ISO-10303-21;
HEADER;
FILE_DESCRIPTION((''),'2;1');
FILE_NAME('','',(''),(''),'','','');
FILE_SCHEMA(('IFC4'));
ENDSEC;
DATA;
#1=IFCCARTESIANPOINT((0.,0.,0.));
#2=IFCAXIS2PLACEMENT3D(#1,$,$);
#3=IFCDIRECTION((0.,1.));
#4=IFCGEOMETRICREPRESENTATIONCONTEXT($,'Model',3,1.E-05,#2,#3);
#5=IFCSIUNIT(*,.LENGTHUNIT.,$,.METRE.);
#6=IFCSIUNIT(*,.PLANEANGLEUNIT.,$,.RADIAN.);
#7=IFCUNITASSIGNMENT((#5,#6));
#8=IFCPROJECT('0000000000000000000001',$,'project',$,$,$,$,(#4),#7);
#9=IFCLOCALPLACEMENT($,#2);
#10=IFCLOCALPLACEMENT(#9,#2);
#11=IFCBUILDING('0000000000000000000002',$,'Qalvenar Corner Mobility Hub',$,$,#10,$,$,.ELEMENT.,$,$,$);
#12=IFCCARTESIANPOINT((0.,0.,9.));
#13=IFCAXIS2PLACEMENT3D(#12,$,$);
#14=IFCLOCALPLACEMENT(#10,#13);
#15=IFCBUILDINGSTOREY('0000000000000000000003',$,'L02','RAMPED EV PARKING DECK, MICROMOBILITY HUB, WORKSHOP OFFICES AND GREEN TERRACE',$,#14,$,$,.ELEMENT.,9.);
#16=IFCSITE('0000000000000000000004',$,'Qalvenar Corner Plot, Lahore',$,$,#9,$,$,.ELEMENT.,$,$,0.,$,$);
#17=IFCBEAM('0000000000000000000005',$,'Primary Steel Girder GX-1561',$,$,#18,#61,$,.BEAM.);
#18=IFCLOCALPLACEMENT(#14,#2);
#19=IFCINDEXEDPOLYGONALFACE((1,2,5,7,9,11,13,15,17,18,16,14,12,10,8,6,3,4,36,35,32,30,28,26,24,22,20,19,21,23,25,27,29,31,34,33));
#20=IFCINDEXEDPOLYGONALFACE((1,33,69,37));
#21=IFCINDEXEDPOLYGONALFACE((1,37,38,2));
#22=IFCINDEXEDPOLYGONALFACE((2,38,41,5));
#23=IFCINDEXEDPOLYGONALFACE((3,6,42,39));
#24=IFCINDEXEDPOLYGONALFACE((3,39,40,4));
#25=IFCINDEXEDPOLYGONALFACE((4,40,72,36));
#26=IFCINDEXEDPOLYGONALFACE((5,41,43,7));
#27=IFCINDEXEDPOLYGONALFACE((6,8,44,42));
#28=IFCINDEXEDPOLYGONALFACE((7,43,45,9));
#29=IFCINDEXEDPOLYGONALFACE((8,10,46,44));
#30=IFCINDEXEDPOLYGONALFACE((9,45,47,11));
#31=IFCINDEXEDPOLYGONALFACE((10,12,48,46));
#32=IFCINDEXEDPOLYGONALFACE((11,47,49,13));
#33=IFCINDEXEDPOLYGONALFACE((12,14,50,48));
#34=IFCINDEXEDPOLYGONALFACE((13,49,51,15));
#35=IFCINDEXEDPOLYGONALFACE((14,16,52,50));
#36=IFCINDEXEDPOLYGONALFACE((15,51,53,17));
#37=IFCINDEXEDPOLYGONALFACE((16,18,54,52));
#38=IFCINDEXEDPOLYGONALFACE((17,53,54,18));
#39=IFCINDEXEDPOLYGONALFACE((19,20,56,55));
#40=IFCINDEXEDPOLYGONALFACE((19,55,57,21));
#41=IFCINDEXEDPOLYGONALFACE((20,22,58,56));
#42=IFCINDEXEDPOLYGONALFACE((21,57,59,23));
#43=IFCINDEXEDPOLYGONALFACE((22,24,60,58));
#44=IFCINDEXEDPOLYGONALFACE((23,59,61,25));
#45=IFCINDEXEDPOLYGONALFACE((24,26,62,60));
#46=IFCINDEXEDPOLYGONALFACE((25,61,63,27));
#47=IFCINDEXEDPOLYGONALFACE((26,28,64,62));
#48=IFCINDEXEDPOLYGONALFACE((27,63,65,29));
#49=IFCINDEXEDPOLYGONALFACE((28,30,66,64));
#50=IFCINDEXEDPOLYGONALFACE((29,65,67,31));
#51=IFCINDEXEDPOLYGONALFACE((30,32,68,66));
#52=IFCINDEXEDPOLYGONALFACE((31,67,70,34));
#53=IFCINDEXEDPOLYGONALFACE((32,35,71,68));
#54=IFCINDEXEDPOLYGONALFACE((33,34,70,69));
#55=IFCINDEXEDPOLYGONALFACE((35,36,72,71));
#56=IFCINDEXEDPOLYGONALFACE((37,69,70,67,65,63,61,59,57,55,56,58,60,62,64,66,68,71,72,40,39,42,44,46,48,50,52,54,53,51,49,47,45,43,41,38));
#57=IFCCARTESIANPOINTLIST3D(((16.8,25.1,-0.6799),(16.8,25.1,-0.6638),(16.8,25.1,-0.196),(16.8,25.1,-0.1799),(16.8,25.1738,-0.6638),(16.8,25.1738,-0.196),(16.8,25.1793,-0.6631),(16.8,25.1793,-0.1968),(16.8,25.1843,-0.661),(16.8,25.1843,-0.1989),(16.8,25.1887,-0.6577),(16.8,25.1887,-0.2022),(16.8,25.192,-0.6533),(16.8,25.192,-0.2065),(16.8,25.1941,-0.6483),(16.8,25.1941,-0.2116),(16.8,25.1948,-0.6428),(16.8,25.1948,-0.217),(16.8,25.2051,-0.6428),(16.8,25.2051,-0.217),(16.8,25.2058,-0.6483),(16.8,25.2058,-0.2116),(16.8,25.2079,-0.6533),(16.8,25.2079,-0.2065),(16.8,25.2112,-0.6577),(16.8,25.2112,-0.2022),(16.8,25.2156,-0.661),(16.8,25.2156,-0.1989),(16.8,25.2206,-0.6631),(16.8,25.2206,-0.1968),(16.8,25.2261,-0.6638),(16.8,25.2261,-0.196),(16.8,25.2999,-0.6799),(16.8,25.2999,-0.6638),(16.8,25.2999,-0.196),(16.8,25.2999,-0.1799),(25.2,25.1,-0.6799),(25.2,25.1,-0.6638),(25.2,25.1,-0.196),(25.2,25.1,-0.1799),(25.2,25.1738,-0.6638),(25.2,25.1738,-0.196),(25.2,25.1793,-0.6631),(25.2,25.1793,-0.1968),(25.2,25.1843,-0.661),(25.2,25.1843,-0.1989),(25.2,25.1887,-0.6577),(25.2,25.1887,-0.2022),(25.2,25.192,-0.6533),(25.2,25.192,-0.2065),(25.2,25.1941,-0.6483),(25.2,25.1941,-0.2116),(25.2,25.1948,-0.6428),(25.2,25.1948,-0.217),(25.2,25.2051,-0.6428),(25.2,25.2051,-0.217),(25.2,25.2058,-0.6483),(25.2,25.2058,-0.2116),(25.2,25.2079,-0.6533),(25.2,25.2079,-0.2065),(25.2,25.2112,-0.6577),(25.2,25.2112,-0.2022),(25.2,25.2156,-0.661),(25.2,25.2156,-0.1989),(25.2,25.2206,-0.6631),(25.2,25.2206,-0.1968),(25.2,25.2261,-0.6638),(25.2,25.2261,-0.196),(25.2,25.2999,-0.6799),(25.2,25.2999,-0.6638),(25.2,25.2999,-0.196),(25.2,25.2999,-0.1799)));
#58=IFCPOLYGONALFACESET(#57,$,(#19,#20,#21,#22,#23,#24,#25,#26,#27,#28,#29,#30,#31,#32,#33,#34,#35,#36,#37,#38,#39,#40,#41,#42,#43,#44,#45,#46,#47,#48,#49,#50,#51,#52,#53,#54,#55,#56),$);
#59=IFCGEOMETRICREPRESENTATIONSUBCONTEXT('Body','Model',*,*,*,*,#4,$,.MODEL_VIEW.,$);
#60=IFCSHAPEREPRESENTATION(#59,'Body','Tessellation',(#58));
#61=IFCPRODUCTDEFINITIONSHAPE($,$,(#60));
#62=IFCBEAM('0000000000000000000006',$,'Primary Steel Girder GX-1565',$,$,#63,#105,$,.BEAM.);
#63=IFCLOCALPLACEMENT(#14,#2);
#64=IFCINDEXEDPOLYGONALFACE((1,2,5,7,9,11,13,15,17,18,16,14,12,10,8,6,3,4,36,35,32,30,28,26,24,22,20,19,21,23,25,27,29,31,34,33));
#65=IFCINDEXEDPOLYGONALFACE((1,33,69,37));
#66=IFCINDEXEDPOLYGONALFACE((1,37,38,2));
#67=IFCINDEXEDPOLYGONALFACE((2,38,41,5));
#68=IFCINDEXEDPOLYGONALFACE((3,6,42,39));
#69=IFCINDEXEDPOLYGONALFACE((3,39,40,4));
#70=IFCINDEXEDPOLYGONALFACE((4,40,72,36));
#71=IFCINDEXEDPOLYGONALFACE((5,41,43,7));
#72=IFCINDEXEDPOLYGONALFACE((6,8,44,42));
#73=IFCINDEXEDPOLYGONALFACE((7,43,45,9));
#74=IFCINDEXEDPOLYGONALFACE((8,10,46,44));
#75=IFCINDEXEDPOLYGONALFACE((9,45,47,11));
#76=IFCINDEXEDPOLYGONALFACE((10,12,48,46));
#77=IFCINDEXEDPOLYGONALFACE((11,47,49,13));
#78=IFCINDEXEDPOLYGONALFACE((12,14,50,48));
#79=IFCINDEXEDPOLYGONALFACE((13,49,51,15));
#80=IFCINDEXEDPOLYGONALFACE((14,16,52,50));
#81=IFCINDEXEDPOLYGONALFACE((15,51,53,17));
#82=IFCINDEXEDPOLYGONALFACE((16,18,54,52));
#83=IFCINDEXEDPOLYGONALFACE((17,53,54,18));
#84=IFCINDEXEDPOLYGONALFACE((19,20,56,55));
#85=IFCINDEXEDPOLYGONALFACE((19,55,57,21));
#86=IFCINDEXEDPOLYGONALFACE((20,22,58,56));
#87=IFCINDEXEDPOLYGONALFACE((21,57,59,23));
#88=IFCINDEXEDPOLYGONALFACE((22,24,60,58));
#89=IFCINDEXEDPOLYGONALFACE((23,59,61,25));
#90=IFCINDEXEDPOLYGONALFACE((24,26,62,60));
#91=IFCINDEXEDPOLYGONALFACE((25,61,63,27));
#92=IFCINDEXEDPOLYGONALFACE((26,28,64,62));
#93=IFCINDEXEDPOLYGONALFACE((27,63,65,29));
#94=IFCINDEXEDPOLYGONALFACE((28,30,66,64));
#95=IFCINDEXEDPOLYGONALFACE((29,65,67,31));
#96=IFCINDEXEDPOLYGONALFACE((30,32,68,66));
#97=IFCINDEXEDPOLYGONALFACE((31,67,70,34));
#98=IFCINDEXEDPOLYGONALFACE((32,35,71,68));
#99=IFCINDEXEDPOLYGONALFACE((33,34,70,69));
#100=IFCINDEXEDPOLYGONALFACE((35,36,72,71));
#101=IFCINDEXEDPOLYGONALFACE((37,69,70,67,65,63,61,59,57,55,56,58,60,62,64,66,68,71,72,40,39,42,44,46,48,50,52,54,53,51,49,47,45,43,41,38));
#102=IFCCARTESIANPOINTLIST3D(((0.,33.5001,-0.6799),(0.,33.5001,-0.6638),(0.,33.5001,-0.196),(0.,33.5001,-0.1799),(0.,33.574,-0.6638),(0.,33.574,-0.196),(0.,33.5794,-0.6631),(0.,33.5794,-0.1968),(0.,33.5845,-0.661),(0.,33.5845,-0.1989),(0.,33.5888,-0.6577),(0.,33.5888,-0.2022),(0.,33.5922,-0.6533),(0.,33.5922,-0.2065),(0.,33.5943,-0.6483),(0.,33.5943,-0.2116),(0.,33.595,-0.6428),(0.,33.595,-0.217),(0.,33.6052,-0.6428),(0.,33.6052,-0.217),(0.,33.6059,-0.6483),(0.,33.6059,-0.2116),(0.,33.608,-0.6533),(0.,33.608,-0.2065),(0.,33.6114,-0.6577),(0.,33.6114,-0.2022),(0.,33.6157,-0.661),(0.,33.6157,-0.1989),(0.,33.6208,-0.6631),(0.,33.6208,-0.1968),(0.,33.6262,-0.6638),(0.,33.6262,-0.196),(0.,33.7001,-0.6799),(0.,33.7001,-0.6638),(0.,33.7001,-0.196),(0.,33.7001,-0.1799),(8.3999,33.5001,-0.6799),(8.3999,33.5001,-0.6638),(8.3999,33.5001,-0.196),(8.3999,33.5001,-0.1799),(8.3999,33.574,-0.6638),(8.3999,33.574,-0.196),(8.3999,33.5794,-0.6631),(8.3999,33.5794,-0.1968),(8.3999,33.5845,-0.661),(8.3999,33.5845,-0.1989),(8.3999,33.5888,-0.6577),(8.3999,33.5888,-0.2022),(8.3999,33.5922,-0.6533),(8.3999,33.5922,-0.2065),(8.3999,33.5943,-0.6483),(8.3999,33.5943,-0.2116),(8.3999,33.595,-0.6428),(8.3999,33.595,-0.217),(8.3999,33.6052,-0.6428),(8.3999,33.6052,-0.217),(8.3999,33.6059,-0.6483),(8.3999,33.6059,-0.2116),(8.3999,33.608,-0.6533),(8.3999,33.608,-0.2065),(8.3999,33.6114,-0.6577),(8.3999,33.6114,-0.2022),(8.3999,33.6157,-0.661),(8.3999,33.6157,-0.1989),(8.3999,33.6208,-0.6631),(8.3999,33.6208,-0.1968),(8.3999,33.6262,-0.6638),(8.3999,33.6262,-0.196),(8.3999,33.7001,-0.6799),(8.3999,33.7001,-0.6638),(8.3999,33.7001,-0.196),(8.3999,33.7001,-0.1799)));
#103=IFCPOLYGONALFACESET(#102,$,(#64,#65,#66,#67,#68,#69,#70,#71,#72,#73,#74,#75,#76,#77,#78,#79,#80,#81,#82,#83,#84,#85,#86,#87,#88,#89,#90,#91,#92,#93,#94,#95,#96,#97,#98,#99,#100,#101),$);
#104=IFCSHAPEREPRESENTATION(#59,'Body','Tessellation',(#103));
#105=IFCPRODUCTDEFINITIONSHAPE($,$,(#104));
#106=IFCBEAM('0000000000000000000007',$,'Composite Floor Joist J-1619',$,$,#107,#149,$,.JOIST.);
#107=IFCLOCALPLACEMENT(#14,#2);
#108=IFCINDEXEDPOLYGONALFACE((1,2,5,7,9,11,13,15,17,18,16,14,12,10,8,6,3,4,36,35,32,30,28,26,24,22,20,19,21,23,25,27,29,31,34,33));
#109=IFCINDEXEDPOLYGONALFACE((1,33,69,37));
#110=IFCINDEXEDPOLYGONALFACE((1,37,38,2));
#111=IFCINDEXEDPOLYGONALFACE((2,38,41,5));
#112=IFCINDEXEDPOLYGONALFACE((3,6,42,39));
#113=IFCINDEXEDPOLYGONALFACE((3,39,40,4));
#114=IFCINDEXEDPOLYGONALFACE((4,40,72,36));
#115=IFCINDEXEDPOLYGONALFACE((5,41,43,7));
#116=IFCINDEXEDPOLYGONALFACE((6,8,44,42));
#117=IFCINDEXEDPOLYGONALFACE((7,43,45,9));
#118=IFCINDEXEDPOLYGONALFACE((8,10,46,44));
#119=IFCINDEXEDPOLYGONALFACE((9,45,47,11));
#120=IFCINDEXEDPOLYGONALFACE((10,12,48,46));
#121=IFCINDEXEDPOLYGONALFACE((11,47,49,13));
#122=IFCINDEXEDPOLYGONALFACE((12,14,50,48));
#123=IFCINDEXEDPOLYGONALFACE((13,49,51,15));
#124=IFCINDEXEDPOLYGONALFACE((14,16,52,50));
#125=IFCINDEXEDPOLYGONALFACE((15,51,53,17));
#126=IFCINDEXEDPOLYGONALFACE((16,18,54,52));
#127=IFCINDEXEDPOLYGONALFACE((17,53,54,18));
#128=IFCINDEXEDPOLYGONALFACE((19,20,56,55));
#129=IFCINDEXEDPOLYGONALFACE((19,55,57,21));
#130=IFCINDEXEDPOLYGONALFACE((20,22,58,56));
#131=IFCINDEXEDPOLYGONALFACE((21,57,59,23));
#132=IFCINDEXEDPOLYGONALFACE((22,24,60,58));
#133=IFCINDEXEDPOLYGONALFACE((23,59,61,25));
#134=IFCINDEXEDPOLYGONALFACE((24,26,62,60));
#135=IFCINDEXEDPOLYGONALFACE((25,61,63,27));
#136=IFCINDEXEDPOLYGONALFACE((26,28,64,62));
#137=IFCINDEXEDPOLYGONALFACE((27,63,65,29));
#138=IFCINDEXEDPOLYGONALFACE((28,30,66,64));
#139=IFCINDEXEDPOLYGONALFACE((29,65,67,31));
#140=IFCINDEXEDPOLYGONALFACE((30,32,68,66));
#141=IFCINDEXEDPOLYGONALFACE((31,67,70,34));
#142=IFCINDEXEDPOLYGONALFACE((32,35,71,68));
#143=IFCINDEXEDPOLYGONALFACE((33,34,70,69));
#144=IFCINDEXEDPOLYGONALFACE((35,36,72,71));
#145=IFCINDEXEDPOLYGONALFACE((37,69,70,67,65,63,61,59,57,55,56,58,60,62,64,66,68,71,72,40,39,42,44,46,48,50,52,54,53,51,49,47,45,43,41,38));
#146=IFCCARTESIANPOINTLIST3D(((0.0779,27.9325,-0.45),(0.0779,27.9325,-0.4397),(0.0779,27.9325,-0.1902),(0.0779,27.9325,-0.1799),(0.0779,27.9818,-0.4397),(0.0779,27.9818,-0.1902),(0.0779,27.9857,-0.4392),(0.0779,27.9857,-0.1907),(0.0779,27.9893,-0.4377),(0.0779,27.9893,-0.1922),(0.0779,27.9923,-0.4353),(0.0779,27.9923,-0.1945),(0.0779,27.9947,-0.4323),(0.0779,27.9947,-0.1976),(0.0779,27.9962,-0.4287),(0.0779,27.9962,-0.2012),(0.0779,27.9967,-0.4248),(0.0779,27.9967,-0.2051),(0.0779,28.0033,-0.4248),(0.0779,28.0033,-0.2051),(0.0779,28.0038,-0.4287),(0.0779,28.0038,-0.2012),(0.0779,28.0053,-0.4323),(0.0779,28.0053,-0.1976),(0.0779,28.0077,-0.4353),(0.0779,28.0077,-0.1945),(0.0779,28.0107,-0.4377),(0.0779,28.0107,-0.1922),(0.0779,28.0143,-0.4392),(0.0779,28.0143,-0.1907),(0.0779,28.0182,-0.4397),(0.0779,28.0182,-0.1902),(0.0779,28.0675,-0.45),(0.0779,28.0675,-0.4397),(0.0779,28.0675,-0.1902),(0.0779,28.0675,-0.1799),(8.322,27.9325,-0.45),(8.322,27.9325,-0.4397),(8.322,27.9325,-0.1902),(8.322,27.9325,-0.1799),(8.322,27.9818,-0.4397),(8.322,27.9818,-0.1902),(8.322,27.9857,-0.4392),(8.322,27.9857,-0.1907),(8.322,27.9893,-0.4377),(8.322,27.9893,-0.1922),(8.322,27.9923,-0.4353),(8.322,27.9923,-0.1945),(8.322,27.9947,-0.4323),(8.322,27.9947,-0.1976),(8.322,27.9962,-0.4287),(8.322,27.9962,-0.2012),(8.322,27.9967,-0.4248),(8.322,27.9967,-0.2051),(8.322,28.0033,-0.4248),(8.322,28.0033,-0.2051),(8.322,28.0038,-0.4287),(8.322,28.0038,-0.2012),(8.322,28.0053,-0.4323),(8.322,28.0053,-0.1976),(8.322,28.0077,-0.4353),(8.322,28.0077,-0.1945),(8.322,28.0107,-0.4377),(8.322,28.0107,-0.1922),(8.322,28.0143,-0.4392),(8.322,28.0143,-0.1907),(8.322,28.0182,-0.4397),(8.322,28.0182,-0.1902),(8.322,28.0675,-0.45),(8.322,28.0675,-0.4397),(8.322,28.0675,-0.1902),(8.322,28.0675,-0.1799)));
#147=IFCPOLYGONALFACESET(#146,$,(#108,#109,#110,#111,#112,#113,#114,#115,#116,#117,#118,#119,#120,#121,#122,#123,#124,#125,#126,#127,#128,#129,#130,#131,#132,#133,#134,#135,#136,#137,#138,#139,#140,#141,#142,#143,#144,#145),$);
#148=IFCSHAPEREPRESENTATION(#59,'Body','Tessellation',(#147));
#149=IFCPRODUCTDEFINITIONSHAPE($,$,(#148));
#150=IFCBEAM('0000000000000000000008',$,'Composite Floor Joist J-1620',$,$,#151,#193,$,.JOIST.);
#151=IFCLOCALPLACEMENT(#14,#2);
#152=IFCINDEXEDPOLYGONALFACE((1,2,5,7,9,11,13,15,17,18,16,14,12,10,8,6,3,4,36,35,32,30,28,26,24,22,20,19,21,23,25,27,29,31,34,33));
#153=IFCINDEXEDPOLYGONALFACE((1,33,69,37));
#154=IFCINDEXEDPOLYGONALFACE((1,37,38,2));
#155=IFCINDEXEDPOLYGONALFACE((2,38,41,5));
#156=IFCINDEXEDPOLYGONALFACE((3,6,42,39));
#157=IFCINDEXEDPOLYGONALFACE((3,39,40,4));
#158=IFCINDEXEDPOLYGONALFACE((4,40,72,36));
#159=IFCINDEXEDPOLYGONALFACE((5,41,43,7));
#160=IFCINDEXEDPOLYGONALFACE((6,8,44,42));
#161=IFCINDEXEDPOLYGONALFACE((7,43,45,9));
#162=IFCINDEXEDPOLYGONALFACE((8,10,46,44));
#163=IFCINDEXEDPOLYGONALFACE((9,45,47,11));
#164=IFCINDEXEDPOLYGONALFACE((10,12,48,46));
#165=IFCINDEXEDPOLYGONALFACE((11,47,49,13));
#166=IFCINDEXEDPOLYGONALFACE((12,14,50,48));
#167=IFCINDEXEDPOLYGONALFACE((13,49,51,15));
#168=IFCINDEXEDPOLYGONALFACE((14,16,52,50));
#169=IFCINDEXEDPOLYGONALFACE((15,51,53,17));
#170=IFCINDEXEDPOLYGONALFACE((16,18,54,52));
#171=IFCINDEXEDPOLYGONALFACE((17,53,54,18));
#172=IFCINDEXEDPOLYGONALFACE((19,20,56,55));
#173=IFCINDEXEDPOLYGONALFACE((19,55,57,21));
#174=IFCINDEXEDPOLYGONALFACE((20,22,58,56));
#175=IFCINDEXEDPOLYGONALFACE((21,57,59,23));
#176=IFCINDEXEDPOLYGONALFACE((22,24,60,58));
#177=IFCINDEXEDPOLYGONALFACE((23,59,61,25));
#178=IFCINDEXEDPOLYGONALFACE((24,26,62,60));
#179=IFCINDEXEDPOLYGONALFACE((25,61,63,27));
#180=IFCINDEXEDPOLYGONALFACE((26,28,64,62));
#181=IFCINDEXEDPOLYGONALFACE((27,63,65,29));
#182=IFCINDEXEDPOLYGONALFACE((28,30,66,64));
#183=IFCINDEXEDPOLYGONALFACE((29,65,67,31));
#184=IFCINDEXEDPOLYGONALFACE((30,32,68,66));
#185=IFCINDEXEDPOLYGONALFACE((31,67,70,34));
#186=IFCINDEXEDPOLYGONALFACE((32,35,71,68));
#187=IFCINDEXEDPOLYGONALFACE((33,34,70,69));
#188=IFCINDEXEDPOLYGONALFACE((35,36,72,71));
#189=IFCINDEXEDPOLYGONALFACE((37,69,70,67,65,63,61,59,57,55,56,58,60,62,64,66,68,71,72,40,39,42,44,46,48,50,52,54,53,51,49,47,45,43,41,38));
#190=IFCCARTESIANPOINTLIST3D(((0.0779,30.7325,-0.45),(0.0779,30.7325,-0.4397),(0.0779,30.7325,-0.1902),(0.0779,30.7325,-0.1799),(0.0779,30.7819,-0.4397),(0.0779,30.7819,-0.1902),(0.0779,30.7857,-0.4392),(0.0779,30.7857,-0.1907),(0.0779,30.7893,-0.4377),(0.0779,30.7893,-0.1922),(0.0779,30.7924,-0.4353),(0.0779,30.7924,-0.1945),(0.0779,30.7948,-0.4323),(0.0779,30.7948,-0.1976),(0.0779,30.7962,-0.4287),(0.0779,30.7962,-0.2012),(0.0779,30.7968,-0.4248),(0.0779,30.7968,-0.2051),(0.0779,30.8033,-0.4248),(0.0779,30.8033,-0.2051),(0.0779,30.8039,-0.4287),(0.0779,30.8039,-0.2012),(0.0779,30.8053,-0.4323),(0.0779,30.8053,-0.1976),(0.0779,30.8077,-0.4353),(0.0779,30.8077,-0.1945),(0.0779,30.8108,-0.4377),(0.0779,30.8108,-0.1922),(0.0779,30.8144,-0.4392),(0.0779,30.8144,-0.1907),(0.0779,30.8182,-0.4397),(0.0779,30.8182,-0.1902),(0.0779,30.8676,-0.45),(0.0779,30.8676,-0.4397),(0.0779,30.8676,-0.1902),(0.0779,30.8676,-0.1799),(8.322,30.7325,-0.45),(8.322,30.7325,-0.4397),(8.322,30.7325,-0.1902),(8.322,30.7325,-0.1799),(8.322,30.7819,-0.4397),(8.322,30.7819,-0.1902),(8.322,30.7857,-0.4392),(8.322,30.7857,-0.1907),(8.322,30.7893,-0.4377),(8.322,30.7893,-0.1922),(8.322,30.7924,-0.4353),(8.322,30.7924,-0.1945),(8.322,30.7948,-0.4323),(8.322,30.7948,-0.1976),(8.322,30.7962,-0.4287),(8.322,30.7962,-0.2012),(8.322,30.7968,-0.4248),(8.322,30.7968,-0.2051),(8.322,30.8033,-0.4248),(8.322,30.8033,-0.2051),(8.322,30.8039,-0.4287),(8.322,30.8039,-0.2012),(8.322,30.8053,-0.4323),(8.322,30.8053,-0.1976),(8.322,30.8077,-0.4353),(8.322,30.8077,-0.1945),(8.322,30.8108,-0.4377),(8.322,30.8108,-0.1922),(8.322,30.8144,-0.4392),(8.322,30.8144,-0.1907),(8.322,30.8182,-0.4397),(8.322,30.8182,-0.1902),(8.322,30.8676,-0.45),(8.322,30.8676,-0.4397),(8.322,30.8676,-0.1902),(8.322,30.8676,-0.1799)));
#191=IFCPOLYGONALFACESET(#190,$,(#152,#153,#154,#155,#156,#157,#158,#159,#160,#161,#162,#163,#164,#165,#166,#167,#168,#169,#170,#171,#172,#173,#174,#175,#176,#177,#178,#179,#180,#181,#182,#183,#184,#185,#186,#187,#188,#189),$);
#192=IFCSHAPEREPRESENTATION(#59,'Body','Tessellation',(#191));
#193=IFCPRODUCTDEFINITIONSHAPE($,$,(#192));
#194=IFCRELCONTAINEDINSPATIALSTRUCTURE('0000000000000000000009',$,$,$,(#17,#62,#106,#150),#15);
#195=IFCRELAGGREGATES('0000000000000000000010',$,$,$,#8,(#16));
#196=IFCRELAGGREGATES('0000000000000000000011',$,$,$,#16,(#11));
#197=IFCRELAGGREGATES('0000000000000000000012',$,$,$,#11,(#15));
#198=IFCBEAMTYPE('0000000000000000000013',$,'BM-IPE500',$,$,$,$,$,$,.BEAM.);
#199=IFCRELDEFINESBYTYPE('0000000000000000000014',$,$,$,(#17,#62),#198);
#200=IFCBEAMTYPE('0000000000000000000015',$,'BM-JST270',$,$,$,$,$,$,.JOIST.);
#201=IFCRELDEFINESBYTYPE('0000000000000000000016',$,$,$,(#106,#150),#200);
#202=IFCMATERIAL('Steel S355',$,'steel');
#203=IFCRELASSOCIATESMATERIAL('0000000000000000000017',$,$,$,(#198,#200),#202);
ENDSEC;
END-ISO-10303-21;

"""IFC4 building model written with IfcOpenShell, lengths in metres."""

from ifc_helpers import new_model, si_unit, direction, frame, origin, origin_2d, place, context, subcontext, project, spatial, i_section, extrude, material, material_profile, profile_set, type_object, element, save


model = new_model("IFC4")

# Units and contexts
model_context = context("Model", 3, precision=1e-05, world=origin(), true_north=direction((0.0, 1.0)))
body_context = subcontext(model_context, "Body", "Model", "MODEL_VIEW")
ifc_project = project(units=[si_unit("LENGTHUNIT", "METRE"), si_unit("PLANEANGLEUNIT", "RADIAN")], contexts=[model_context])

# Site, building, storey
site_placement = place(None, origin())
site = spatial("IfcSite", under=ifc_project, at=site_placement, Name="Qalvenar Corner Plot, Lahore", CompositionType="ELEMENT", RefElevation=0.0)
building_placement = place(site_placement, origin())
building = spatial("IfcBuilding", under=site, at=building_placement, Name="Qalvenar Corner Mobility Hub", CompositionType="ELEMENT")
storey_placement = place(building_placement, frame((0.0, 0.0, 9.0)))
storey = spatial("IfcBuildingStorey", under=building, at=storey_placement, Name="L02", Description="RAMPED EV PARKING DECK, MICROMOBILITY HUB, WORKSHOP OFFICES AND GREEN TERRACE", CompositionType="ELEMENT", Elevation=9.0)

# Shared definitions
ifc_material_1 = material(Name="Steel S355", Category="steel")

# Beams
ifc_material_profile_1 = material_profile(ifc_material_1, i_section(OverallWidth=0.2, OverallDepth=0.5, WebThickness=0.0103, FlangeThickness=0.0161, FilletRadius=0.021, at=origin_2d()), Name="IPE500")
ifc_profile_set_1 = profile_set([ifc_material_profile_1], Name="Steel S355")
beam_type_1 = type_object("IfcBeamType", Name="BM-IPE500", PredefinedType="BEAM", material=ifc_profile_set_1)
for number, where, z_axis, x_axis, name in (
    (1, (16.8, 25.2, -0.4299), (1.0, 0.0, 0.0), (0.0, 1.0, 0.0), "Primary Steel Girder GX-1561"),
    (2, (0.0, 33.6001, -0.4299), (1.0, 0.0, 0.0), (0.0, 1.0, 0.0), "Primary Steel Girder GX-1565"),
):
    element("IfcBeam", number, at=place(storey_placement, frame(where, z_axis=z_axis, x_axis=x_axis)), inside=storey, type_object=beam_type_1, Name=name, PredefinedType="BEAM", context=body_context, shape_type="SweptSolid", body=[
        extrude(i_section(OverallWidth=0.2, OverallDepth=0.5, WebThickness=0.0103, FlangeThickness=0.0161, FilletRadius=0.021, at=origin_2d()), origin(), (0.0, 0.0, 1.0), 8.3999),
    ])
ifc_material_profile_2 = material_profile(ifc_material_1, i_section(OverallWidth=0.135, OverallDepth=0.27, WebThickness=0.0066, FlangeThickness=0.0103, FilletRadius=0.0149, at=origin_2d()), Name="IPE270")
ifc_profile_set_2 = profile_set([ifc_material_profile_2], Name="Steel S355")
beam_type_2 = type_object("IfcBeamType", Name="BM-JST270", PredefinedType="JOIST", material=ifc_profile_set_2)
for number, where, z_axis, x_axis, name in (
    (3, (0.0779, 28.0, -0.3149), (1.0, 0.0, 0.0), (0.0, 1.0, 0.0), "Composite Floor Joist J-1619"),
    (4, (0.0779, 30.8, -0.3149), (1.0, 0.0, 0.0), (0.0, 1.0, 0.0), "Composite Floor Joist J-1620"),
):
    element("IfcBeam", number, at=place(storey_placement, frame(where, z_axis=z_axis, x_axis=x_axis)), inside=storey, type_object=beam_type_2, Name=name, PredefinedType="JOIST", context=body_context, shape_type="SweptSolid", body=[
        extrude(i_section(OverallWidth=0.135, OverallDepth=0.27, WebThickness=0.0066, FlangeThickness=0.0103, FilletRadius=0.0149, at=origin_2d()), origin(), (0.0, 0.0, 1.0), 8.2441),
    ])

save(model, "model.ifc")
